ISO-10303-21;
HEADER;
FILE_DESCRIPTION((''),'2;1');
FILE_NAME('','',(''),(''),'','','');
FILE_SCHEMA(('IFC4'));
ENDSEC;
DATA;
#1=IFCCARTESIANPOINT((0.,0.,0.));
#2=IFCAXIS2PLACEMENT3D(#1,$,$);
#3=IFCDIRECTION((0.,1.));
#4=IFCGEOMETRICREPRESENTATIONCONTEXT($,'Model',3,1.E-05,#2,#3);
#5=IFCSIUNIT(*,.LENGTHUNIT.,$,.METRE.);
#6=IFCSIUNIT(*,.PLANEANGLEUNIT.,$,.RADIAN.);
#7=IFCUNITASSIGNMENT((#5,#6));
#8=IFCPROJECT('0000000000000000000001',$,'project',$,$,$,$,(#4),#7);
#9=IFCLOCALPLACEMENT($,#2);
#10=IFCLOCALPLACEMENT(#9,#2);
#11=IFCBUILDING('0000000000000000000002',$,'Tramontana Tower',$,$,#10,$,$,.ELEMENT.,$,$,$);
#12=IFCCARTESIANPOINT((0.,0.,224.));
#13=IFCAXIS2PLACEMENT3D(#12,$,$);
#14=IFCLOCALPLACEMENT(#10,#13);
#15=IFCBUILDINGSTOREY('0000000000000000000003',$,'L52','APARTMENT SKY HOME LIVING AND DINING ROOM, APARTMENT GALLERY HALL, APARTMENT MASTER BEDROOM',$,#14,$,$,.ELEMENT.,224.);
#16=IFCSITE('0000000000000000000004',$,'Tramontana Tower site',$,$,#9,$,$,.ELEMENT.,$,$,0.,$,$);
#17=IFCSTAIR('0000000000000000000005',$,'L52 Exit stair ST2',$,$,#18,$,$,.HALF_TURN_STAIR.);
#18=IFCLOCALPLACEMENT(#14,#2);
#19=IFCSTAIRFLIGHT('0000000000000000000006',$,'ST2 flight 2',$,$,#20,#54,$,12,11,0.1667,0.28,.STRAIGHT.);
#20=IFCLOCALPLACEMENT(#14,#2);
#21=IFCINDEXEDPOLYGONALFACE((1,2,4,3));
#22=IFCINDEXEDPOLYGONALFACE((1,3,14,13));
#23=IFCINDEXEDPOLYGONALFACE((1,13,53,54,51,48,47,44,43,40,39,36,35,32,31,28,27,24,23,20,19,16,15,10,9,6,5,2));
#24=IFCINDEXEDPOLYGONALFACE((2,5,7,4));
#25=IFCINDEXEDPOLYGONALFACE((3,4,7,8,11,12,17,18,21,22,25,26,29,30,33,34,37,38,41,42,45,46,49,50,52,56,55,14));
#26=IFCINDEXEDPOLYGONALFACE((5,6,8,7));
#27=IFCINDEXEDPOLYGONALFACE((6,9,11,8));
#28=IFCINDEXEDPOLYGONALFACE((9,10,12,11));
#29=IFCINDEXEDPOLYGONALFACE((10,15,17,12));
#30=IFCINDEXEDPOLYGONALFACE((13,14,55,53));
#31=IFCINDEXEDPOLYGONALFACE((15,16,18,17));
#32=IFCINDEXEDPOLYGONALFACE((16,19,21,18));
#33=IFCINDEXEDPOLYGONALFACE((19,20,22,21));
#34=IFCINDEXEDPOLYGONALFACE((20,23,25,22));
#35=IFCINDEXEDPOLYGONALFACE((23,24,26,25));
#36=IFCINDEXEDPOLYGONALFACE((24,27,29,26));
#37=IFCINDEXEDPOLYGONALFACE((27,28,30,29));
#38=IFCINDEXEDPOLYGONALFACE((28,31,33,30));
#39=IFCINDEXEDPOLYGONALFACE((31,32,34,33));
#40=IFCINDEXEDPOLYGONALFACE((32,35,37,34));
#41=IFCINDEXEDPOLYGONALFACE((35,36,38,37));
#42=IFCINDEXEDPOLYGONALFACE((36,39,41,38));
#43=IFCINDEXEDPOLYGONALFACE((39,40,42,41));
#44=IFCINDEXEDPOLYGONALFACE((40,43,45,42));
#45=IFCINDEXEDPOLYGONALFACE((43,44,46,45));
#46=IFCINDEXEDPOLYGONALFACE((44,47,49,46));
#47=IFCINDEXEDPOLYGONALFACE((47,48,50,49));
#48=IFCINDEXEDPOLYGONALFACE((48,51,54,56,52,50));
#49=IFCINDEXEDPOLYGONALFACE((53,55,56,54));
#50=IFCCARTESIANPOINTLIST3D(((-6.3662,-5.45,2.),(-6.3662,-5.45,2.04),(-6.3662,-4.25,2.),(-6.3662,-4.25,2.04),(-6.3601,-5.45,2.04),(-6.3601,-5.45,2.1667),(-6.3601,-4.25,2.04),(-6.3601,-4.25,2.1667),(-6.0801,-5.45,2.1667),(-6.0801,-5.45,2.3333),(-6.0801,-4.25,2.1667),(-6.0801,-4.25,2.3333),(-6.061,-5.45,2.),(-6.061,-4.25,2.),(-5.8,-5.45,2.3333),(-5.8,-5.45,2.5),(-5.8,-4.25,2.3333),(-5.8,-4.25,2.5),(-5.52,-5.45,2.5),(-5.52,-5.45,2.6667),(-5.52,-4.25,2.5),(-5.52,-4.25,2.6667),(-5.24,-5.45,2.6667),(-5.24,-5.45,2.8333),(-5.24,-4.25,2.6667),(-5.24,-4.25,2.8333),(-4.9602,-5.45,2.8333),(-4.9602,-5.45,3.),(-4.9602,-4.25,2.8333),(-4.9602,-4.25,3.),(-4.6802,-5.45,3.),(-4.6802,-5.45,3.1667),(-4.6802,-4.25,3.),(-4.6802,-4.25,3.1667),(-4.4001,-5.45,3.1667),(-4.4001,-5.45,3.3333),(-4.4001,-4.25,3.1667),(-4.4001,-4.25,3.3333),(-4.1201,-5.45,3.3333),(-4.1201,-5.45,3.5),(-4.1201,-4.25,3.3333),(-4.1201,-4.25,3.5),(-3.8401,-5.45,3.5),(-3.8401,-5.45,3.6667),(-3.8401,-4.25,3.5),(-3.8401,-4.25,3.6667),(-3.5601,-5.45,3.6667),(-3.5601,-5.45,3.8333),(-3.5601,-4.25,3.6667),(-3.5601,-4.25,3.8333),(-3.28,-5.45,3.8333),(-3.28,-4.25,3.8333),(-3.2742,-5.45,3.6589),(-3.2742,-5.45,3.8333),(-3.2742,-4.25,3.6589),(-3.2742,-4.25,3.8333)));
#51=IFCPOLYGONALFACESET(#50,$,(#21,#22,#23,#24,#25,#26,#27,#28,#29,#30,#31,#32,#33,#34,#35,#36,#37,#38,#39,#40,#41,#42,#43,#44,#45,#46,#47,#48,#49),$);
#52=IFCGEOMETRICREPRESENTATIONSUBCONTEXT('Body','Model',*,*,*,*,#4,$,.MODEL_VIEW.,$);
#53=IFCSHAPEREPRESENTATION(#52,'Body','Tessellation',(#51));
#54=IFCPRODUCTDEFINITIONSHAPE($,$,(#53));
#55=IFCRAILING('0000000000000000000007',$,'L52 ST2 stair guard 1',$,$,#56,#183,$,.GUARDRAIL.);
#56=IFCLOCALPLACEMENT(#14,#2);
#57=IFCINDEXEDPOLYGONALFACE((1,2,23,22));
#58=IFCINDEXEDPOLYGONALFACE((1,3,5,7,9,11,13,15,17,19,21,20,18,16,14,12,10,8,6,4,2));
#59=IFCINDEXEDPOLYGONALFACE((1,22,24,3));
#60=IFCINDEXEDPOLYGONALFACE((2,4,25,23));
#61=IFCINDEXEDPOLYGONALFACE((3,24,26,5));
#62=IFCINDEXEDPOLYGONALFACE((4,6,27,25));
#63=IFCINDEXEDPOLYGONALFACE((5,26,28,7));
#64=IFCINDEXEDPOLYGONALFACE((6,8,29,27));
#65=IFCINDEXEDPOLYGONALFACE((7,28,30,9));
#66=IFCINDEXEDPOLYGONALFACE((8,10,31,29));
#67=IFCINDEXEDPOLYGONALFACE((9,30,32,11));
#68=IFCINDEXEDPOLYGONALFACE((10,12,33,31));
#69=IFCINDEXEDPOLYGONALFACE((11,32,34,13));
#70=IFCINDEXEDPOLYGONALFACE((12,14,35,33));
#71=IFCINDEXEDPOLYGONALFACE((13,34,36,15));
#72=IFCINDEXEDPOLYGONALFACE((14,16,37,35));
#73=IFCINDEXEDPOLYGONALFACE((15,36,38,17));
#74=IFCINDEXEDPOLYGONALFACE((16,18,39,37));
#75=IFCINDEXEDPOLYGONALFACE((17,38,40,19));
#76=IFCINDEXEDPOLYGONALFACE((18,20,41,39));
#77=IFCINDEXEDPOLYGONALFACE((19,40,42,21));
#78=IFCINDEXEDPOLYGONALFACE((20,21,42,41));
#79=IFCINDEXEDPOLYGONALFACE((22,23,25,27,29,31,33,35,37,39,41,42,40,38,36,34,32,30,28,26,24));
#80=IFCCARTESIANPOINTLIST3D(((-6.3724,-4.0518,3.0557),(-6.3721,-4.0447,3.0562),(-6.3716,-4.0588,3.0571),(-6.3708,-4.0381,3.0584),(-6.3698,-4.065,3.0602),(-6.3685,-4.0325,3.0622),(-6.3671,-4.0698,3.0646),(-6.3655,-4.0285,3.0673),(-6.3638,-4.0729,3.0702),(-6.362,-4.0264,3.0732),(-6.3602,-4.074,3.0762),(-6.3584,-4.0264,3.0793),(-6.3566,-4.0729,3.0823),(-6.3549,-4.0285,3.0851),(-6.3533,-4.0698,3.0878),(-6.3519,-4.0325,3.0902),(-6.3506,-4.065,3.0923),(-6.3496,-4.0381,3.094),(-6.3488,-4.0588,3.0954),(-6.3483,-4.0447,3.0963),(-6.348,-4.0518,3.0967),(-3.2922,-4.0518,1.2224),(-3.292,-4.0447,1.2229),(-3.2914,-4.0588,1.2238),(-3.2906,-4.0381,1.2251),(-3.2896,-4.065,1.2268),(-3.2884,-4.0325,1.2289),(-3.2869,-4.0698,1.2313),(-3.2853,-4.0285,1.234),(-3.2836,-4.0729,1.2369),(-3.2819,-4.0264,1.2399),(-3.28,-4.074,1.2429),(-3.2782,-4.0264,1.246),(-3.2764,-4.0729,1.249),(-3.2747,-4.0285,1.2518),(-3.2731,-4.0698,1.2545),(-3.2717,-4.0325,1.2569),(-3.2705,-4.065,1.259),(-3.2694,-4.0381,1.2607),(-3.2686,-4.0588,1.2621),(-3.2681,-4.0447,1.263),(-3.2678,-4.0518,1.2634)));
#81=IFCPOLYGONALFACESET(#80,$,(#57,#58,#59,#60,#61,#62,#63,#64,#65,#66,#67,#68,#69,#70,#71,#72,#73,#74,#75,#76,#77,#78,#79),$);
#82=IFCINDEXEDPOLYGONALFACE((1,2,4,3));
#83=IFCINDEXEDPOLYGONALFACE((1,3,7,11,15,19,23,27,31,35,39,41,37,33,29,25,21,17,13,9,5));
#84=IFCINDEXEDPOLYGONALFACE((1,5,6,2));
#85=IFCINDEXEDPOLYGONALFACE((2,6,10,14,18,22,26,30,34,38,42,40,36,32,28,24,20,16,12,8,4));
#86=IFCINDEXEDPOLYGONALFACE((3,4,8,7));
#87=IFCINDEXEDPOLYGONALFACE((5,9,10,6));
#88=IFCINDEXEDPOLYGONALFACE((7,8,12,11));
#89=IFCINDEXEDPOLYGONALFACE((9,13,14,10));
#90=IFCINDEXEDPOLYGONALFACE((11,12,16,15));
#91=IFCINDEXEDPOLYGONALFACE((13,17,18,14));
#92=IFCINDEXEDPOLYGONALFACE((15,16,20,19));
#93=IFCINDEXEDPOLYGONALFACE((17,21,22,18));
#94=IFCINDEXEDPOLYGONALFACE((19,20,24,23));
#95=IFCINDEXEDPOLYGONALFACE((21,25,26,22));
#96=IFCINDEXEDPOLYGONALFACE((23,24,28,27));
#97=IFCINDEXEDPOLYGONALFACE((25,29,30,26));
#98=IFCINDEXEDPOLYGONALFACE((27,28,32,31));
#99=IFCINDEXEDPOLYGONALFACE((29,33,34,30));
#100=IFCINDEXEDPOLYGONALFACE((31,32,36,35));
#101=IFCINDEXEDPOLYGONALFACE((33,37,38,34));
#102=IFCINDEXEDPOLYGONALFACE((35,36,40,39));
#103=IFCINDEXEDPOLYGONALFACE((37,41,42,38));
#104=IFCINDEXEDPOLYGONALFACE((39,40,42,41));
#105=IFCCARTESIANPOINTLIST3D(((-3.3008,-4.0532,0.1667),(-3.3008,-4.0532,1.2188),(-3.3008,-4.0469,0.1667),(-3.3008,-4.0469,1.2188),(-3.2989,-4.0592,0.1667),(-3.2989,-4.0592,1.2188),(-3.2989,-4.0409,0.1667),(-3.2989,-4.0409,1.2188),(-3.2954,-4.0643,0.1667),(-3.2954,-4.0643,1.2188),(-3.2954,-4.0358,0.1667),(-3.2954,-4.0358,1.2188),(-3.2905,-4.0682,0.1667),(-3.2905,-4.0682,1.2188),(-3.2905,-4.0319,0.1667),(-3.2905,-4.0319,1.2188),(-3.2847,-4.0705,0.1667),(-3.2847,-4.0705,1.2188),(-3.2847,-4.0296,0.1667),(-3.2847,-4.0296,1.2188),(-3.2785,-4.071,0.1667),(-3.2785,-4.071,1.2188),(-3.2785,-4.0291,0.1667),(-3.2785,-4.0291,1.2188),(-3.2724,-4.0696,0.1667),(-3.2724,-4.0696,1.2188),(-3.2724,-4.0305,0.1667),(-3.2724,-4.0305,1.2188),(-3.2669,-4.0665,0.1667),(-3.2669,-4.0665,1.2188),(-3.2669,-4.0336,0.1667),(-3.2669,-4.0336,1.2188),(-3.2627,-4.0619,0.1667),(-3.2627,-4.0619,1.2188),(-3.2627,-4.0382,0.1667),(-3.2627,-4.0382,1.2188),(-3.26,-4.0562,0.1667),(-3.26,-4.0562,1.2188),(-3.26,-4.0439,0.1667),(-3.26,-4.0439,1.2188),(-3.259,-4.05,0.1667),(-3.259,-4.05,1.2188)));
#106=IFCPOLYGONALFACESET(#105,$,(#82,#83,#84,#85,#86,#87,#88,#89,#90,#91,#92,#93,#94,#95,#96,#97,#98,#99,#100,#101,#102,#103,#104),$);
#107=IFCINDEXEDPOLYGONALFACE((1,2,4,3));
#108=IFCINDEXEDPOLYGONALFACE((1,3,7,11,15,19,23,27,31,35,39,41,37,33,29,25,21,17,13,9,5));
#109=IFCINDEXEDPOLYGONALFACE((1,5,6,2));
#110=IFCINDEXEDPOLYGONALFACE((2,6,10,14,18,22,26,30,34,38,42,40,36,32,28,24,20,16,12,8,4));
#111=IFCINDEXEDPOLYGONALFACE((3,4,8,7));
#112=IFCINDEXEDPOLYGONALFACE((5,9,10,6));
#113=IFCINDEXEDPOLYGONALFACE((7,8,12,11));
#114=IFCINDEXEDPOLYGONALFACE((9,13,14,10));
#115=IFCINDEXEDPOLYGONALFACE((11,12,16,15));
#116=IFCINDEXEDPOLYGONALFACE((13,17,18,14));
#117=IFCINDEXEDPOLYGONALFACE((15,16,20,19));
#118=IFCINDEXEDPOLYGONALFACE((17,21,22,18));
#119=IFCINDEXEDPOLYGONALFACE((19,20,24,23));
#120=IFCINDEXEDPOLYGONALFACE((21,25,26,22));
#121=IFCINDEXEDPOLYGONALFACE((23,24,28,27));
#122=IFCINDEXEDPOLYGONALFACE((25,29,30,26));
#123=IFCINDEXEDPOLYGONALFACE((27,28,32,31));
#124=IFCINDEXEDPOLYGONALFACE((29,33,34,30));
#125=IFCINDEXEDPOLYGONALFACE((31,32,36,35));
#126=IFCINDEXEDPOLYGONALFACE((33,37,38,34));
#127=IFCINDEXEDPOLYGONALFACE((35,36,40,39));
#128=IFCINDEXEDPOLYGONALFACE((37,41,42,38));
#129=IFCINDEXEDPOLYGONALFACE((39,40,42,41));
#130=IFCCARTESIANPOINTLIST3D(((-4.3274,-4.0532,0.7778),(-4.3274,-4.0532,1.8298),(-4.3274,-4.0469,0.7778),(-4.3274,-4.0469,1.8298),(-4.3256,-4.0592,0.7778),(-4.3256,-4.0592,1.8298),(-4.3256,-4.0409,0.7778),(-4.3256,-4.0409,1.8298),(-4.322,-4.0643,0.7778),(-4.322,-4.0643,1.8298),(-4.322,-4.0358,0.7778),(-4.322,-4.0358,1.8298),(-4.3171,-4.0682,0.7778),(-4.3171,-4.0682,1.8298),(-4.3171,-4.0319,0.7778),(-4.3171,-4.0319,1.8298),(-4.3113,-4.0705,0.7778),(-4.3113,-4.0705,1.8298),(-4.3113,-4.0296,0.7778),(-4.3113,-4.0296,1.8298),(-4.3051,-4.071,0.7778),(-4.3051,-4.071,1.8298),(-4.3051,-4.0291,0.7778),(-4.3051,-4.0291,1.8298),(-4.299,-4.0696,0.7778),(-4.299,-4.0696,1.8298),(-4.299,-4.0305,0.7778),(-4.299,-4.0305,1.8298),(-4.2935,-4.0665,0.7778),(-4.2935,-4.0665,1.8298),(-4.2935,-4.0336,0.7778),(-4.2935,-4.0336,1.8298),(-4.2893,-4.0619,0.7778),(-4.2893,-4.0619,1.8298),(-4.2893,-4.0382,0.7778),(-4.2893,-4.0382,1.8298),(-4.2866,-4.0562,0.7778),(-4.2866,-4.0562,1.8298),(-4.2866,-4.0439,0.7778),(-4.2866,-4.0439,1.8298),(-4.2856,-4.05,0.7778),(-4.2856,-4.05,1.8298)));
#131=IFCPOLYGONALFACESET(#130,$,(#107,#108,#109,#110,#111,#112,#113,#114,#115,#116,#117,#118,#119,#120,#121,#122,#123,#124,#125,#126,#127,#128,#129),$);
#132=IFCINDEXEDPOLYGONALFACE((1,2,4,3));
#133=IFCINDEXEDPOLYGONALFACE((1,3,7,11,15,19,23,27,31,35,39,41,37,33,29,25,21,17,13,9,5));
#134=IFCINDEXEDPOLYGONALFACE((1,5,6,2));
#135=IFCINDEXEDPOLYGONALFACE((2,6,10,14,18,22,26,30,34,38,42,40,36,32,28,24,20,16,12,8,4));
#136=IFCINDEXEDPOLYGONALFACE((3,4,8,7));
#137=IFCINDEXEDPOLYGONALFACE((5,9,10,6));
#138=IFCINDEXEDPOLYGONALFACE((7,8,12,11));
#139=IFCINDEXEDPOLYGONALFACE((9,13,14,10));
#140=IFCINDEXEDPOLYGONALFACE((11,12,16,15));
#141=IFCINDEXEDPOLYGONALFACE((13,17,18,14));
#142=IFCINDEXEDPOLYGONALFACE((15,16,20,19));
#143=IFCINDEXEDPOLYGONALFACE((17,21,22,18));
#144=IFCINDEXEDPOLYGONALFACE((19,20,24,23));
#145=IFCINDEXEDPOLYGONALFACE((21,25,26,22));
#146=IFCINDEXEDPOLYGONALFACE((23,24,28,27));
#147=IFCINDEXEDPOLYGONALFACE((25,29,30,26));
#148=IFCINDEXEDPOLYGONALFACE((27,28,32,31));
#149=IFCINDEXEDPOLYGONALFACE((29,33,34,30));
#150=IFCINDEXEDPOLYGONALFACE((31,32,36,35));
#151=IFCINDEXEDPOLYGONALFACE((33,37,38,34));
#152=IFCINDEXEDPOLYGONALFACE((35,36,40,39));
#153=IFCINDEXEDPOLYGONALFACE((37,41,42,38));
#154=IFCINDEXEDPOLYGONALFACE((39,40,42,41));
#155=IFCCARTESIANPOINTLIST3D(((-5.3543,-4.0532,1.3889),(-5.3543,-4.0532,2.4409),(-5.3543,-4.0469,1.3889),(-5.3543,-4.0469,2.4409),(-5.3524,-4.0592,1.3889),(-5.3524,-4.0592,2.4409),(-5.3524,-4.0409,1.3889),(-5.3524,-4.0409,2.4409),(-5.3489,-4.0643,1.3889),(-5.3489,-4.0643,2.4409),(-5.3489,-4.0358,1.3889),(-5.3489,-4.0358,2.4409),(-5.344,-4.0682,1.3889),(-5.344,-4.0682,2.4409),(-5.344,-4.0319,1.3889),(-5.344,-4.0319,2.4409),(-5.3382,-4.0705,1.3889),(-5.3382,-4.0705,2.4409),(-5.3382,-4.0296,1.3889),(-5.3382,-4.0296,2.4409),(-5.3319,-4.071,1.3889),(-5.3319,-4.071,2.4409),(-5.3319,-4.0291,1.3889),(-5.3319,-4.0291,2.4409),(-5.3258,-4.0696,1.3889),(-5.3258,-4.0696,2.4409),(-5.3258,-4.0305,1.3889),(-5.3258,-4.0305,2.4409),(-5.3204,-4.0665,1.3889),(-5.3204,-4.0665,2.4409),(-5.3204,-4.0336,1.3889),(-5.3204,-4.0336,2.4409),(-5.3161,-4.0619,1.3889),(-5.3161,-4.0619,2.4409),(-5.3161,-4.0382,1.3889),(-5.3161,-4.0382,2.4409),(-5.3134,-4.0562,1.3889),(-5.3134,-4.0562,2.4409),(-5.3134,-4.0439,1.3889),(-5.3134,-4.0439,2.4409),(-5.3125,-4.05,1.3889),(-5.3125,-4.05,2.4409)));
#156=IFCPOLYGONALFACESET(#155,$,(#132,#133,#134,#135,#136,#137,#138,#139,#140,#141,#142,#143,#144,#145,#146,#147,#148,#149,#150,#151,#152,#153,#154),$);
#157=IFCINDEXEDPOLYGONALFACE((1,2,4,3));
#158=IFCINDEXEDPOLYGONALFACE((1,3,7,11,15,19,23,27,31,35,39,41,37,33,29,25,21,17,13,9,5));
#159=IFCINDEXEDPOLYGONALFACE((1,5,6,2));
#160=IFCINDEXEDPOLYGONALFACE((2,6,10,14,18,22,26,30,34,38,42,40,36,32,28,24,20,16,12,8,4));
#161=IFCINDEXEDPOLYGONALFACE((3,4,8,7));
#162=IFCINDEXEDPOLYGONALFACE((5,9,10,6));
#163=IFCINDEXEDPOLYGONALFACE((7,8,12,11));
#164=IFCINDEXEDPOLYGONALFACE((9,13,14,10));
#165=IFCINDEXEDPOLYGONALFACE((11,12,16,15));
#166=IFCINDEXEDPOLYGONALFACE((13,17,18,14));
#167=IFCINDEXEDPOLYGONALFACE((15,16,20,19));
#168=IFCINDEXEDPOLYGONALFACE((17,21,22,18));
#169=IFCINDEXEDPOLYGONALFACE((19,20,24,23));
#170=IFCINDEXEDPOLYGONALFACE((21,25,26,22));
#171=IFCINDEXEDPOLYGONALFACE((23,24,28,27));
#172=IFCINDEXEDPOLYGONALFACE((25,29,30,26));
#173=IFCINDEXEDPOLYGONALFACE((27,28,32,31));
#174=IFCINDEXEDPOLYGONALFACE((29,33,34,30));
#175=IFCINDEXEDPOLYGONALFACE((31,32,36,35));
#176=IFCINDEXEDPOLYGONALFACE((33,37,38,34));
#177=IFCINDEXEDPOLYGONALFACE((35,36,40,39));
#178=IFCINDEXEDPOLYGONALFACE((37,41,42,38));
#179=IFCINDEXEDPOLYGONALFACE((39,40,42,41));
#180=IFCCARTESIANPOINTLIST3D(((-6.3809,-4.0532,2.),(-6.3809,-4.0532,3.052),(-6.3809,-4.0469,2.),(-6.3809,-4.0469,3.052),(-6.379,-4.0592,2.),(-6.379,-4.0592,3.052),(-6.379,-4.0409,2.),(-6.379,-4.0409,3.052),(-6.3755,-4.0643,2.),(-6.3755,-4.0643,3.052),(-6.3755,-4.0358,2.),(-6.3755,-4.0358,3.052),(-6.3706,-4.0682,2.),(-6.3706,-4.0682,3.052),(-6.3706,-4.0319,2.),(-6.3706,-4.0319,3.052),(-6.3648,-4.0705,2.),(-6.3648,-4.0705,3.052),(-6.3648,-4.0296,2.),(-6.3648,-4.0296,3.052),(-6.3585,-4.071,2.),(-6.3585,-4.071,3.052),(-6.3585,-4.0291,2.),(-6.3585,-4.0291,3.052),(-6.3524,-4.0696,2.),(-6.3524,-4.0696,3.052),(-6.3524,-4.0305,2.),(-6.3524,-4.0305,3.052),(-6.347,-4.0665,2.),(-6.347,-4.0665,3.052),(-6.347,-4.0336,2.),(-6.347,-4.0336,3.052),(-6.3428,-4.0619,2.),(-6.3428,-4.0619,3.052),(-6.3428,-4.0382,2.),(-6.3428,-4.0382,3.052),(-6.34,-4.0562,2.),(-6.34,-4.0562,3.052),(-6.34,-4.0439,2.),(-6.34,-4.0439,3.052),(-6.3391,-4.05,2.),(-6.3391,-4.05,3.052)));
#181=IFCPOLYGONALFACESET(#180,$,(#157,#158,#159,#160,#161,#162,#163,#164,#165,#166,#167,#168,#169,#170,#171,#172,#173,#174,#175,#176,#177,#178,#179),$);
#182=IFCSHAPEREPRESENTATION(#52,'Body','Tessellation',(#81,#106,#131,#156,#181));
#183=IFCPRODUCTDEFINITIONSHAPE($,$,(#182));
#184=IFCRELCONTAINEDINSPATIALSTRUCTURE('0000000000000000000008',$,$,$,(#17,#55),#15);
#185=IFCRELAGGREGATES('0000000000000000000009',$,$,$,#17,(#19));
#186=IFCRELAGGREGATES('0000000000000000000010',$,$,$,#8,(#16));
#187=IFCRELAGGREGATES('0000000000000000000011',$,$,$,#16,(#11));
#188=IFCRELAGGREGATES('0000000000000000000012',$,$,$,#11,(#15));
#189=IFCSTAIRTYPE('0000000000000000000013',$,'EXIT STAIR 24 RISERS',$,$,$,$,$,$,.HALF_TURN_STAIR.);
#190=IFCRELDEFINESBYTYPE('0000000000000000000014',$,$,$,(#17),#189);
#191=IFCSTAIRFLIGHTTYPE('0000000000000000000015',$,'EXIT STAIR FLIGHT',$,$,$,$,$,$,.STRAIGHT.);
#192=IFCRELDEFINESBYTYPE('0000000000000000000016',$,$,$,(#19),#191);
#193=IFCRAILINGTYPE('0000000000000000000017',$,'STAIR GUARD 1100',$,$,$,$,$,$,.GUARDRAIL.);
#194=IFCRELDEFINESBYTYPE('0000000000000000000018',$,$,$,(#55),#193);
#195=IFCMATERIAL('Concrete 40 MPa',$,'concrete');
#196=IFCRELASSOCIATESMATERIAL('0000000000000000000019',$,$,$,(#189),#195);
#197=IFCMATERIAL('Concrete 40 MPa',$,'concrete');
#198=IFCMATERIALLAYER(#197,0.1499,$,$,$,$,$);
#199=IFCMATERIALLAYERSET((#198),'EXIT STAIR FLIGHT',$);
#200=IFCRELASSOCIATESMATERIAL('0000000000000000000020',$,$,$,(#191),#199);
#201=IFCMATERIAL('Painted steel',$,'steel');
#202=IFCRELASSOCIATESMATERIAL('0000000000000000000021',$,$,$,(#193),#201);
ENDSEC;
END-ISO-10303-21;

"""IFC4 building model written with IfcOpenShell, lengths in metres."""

from ifc_helpers import new_model, si_unit, direction, frame, origin, origin_2d, place, context, subcontext, project, spatial, polyline, circle, outline, extrude, material, layer, layer_set, type_object, element, aggregate, save


model = new_model("IFC4")

# Units and contexts
model_context = context("Model", 3, precision=1e-05, world=origin(), true_north=direction((0.0, 1.0)))
body_context = subcontext(model_context, "Body", "Model", "MODEL_VIEW")
ifc_project = project(units=[si_unit("LENGTHUNIT", "METRE"), si_unit("PLANEANGLEUNIT", "RADIAN")], contexts=[model_context])

# Site, building, storey
site_placement = place(None, origin())
site = spatial("IfcSite", under=ifc_project, at=site_placement, Name="Tramontana Tower site", CompositionType="ELEMENT", RefElevation=0.0)
building_placement = place(site_placement, origin())
building = spatial("IfcBuilding", under=site, at=building_placement, Name="Tramontana Tower", CompositionType="ELEMENT")
storey_placement = place(building_placement, frame((0.0, 0.0, 224.0)))
storey = spatial("IfcBuildingStorey", under=building, at=storey_placement, Name="L52", Description="APARTMENT SKY HOME LIVING AND DINING ROOM, APARTMENT GALLERY HALL, APARTMENT MASTER BEDROOM", CompositionType="ELEMENT", Elevation=224.0)

# Stair, stair flight
ifc_material_1 = material(Name="Concrete 40 MPa", Category="concrete")
stair_type = type_object("IfcStairType", Name="EXIT STAIR 24 RISERS", PredefinedType="HALF_TURN_STAIR", material=ifc_material_1)
stair_placement = place(storey_placement, origin())
stair = element("IfcStair", 1, at=stair_placement, inside=storey, type_object=stair_type, Name="L52 Exit stair ST2", PredefinedType="HALF_TURN_STAIR")
ifc_material_2 = material(Name="Concrete 40 MPa", Category="concrete")
ifc_layer_1 = layer(ifc_material_2, 0.1499)
ifc_layer_set_1 = layer_set([ifc_layer_1], Name="EXIT STAIR FLIGHT")
stair_flight_type = type_object("IfcStairFlightType", Name="EXIT STAIR FLIGHT", PredefinedType="STRAIGHT", material=ifc_layer_set_1)
stair_flight_1_placement = place(storey_placement, frame((-6.3601, -4.8501, 2.0), z_axis=(0.0, 0.0, 1.0), x_axis=(1.0, 0.0, 0.0)))
stair_flight_1 = element("IfcStairFlight", 2, at=stair_flight_1_placement, type_object=stair_flight_type, Name="ST2 flight 2", NumberOfRisers=12, NumberOfTreads=11, PredefinedType="STRAIGHT", RiserHeight=0.1667, TreadLength=0.28, context=body_context, shape_type="SweptSolid", body=[
    extrude(outline(polyline([(-0.0061, 0.0), (-0.0061, 0.04), (0.0, 0.04), (0.0, 0.1667), (0.28, 0.1667), (0.28, 0.3333), (0.5601, 0.3333), (0.5601, 0.5), (0.8401, 0.5), (0.8401, 0.6667), (1.1201, 0.6667), (1.1201, 0.8333), (1.3999, 0.8333), (1.3999, 1.0), (1.6799, 1.0), (1.6799, 1.1667), (1.96, 1.1667), (1.96, 1.3333), (2.24, 1.3333), (2.24, 1.5), (2.52, 1.5), (2.52, 1.6667), (2.8, 1.6667), (2.8, 1.8333), (3.0801, 1.8333), (3.0859, 1.8333), (3.0859, 1.6589), (0.2991, 0.0), (-0.0061, 0.0)])), frame((0.0, 0.6001, 0.0), z_axis=(0.0, -1.0, 0.0), x_axis=(1.0, 0.0, 0.0)), (0.0, 0.0, 1.0), 1.2),
])
aggregate(stair, [stair_flight_1])

# Railing
ifc_material_3 = material(Name="Painted steel", Category="steel")
railing_type_1 = type_object("IfcRailingType", Name="STAIR GUARD 1100", PredefinedType="GUARDRAIL", material=ifc_material_3)
railing_1_placement = place(storey_placement, frame((-3.28, -4.05, 0.1667)))
element("IfcRailing", 3, at=railing_1_placement, inside=storey, type_object=railing_type_1, Name="L52 ST2 stair guard 1", PredefinedType="GUARDRAIL", context=body_context, shape_type="SweptSolid", body=[
    extrude(circle(Radius=0.0239, at=origin_2d()), frame((0.0, 0.0, 1.0762), z_axis=(-0.859309, 0.0, 0.511458), x_axis=(0.0, -1.0, 0.0)), (0.0, 0.0, 1.0), 3.5845),
    extrude(circle(Radius=0.021, at=origin_2d()), origin(), (0.0, 0.0, 1.0), 1.052),
    extrude(circle(Radius=0.021, at=origin_2d()), frame((-1.0266, 0.0, 0.6111)), (0.0, 0.0, 1.0), 1.052),
    extrude(circle(Radius=0.021, at=origin_2d()), frame((-2.0535, 0.0, 1.2222)), (0.0, 0.0, 1.0), 1.052),
    extrude(circle(Radius=0.021, at=origin_2d()), frame((-3.0801, 0.0, 1.8333)), (0.0, 0.0, 1.0), 1.052),
])

save(model, "model.ifc")
